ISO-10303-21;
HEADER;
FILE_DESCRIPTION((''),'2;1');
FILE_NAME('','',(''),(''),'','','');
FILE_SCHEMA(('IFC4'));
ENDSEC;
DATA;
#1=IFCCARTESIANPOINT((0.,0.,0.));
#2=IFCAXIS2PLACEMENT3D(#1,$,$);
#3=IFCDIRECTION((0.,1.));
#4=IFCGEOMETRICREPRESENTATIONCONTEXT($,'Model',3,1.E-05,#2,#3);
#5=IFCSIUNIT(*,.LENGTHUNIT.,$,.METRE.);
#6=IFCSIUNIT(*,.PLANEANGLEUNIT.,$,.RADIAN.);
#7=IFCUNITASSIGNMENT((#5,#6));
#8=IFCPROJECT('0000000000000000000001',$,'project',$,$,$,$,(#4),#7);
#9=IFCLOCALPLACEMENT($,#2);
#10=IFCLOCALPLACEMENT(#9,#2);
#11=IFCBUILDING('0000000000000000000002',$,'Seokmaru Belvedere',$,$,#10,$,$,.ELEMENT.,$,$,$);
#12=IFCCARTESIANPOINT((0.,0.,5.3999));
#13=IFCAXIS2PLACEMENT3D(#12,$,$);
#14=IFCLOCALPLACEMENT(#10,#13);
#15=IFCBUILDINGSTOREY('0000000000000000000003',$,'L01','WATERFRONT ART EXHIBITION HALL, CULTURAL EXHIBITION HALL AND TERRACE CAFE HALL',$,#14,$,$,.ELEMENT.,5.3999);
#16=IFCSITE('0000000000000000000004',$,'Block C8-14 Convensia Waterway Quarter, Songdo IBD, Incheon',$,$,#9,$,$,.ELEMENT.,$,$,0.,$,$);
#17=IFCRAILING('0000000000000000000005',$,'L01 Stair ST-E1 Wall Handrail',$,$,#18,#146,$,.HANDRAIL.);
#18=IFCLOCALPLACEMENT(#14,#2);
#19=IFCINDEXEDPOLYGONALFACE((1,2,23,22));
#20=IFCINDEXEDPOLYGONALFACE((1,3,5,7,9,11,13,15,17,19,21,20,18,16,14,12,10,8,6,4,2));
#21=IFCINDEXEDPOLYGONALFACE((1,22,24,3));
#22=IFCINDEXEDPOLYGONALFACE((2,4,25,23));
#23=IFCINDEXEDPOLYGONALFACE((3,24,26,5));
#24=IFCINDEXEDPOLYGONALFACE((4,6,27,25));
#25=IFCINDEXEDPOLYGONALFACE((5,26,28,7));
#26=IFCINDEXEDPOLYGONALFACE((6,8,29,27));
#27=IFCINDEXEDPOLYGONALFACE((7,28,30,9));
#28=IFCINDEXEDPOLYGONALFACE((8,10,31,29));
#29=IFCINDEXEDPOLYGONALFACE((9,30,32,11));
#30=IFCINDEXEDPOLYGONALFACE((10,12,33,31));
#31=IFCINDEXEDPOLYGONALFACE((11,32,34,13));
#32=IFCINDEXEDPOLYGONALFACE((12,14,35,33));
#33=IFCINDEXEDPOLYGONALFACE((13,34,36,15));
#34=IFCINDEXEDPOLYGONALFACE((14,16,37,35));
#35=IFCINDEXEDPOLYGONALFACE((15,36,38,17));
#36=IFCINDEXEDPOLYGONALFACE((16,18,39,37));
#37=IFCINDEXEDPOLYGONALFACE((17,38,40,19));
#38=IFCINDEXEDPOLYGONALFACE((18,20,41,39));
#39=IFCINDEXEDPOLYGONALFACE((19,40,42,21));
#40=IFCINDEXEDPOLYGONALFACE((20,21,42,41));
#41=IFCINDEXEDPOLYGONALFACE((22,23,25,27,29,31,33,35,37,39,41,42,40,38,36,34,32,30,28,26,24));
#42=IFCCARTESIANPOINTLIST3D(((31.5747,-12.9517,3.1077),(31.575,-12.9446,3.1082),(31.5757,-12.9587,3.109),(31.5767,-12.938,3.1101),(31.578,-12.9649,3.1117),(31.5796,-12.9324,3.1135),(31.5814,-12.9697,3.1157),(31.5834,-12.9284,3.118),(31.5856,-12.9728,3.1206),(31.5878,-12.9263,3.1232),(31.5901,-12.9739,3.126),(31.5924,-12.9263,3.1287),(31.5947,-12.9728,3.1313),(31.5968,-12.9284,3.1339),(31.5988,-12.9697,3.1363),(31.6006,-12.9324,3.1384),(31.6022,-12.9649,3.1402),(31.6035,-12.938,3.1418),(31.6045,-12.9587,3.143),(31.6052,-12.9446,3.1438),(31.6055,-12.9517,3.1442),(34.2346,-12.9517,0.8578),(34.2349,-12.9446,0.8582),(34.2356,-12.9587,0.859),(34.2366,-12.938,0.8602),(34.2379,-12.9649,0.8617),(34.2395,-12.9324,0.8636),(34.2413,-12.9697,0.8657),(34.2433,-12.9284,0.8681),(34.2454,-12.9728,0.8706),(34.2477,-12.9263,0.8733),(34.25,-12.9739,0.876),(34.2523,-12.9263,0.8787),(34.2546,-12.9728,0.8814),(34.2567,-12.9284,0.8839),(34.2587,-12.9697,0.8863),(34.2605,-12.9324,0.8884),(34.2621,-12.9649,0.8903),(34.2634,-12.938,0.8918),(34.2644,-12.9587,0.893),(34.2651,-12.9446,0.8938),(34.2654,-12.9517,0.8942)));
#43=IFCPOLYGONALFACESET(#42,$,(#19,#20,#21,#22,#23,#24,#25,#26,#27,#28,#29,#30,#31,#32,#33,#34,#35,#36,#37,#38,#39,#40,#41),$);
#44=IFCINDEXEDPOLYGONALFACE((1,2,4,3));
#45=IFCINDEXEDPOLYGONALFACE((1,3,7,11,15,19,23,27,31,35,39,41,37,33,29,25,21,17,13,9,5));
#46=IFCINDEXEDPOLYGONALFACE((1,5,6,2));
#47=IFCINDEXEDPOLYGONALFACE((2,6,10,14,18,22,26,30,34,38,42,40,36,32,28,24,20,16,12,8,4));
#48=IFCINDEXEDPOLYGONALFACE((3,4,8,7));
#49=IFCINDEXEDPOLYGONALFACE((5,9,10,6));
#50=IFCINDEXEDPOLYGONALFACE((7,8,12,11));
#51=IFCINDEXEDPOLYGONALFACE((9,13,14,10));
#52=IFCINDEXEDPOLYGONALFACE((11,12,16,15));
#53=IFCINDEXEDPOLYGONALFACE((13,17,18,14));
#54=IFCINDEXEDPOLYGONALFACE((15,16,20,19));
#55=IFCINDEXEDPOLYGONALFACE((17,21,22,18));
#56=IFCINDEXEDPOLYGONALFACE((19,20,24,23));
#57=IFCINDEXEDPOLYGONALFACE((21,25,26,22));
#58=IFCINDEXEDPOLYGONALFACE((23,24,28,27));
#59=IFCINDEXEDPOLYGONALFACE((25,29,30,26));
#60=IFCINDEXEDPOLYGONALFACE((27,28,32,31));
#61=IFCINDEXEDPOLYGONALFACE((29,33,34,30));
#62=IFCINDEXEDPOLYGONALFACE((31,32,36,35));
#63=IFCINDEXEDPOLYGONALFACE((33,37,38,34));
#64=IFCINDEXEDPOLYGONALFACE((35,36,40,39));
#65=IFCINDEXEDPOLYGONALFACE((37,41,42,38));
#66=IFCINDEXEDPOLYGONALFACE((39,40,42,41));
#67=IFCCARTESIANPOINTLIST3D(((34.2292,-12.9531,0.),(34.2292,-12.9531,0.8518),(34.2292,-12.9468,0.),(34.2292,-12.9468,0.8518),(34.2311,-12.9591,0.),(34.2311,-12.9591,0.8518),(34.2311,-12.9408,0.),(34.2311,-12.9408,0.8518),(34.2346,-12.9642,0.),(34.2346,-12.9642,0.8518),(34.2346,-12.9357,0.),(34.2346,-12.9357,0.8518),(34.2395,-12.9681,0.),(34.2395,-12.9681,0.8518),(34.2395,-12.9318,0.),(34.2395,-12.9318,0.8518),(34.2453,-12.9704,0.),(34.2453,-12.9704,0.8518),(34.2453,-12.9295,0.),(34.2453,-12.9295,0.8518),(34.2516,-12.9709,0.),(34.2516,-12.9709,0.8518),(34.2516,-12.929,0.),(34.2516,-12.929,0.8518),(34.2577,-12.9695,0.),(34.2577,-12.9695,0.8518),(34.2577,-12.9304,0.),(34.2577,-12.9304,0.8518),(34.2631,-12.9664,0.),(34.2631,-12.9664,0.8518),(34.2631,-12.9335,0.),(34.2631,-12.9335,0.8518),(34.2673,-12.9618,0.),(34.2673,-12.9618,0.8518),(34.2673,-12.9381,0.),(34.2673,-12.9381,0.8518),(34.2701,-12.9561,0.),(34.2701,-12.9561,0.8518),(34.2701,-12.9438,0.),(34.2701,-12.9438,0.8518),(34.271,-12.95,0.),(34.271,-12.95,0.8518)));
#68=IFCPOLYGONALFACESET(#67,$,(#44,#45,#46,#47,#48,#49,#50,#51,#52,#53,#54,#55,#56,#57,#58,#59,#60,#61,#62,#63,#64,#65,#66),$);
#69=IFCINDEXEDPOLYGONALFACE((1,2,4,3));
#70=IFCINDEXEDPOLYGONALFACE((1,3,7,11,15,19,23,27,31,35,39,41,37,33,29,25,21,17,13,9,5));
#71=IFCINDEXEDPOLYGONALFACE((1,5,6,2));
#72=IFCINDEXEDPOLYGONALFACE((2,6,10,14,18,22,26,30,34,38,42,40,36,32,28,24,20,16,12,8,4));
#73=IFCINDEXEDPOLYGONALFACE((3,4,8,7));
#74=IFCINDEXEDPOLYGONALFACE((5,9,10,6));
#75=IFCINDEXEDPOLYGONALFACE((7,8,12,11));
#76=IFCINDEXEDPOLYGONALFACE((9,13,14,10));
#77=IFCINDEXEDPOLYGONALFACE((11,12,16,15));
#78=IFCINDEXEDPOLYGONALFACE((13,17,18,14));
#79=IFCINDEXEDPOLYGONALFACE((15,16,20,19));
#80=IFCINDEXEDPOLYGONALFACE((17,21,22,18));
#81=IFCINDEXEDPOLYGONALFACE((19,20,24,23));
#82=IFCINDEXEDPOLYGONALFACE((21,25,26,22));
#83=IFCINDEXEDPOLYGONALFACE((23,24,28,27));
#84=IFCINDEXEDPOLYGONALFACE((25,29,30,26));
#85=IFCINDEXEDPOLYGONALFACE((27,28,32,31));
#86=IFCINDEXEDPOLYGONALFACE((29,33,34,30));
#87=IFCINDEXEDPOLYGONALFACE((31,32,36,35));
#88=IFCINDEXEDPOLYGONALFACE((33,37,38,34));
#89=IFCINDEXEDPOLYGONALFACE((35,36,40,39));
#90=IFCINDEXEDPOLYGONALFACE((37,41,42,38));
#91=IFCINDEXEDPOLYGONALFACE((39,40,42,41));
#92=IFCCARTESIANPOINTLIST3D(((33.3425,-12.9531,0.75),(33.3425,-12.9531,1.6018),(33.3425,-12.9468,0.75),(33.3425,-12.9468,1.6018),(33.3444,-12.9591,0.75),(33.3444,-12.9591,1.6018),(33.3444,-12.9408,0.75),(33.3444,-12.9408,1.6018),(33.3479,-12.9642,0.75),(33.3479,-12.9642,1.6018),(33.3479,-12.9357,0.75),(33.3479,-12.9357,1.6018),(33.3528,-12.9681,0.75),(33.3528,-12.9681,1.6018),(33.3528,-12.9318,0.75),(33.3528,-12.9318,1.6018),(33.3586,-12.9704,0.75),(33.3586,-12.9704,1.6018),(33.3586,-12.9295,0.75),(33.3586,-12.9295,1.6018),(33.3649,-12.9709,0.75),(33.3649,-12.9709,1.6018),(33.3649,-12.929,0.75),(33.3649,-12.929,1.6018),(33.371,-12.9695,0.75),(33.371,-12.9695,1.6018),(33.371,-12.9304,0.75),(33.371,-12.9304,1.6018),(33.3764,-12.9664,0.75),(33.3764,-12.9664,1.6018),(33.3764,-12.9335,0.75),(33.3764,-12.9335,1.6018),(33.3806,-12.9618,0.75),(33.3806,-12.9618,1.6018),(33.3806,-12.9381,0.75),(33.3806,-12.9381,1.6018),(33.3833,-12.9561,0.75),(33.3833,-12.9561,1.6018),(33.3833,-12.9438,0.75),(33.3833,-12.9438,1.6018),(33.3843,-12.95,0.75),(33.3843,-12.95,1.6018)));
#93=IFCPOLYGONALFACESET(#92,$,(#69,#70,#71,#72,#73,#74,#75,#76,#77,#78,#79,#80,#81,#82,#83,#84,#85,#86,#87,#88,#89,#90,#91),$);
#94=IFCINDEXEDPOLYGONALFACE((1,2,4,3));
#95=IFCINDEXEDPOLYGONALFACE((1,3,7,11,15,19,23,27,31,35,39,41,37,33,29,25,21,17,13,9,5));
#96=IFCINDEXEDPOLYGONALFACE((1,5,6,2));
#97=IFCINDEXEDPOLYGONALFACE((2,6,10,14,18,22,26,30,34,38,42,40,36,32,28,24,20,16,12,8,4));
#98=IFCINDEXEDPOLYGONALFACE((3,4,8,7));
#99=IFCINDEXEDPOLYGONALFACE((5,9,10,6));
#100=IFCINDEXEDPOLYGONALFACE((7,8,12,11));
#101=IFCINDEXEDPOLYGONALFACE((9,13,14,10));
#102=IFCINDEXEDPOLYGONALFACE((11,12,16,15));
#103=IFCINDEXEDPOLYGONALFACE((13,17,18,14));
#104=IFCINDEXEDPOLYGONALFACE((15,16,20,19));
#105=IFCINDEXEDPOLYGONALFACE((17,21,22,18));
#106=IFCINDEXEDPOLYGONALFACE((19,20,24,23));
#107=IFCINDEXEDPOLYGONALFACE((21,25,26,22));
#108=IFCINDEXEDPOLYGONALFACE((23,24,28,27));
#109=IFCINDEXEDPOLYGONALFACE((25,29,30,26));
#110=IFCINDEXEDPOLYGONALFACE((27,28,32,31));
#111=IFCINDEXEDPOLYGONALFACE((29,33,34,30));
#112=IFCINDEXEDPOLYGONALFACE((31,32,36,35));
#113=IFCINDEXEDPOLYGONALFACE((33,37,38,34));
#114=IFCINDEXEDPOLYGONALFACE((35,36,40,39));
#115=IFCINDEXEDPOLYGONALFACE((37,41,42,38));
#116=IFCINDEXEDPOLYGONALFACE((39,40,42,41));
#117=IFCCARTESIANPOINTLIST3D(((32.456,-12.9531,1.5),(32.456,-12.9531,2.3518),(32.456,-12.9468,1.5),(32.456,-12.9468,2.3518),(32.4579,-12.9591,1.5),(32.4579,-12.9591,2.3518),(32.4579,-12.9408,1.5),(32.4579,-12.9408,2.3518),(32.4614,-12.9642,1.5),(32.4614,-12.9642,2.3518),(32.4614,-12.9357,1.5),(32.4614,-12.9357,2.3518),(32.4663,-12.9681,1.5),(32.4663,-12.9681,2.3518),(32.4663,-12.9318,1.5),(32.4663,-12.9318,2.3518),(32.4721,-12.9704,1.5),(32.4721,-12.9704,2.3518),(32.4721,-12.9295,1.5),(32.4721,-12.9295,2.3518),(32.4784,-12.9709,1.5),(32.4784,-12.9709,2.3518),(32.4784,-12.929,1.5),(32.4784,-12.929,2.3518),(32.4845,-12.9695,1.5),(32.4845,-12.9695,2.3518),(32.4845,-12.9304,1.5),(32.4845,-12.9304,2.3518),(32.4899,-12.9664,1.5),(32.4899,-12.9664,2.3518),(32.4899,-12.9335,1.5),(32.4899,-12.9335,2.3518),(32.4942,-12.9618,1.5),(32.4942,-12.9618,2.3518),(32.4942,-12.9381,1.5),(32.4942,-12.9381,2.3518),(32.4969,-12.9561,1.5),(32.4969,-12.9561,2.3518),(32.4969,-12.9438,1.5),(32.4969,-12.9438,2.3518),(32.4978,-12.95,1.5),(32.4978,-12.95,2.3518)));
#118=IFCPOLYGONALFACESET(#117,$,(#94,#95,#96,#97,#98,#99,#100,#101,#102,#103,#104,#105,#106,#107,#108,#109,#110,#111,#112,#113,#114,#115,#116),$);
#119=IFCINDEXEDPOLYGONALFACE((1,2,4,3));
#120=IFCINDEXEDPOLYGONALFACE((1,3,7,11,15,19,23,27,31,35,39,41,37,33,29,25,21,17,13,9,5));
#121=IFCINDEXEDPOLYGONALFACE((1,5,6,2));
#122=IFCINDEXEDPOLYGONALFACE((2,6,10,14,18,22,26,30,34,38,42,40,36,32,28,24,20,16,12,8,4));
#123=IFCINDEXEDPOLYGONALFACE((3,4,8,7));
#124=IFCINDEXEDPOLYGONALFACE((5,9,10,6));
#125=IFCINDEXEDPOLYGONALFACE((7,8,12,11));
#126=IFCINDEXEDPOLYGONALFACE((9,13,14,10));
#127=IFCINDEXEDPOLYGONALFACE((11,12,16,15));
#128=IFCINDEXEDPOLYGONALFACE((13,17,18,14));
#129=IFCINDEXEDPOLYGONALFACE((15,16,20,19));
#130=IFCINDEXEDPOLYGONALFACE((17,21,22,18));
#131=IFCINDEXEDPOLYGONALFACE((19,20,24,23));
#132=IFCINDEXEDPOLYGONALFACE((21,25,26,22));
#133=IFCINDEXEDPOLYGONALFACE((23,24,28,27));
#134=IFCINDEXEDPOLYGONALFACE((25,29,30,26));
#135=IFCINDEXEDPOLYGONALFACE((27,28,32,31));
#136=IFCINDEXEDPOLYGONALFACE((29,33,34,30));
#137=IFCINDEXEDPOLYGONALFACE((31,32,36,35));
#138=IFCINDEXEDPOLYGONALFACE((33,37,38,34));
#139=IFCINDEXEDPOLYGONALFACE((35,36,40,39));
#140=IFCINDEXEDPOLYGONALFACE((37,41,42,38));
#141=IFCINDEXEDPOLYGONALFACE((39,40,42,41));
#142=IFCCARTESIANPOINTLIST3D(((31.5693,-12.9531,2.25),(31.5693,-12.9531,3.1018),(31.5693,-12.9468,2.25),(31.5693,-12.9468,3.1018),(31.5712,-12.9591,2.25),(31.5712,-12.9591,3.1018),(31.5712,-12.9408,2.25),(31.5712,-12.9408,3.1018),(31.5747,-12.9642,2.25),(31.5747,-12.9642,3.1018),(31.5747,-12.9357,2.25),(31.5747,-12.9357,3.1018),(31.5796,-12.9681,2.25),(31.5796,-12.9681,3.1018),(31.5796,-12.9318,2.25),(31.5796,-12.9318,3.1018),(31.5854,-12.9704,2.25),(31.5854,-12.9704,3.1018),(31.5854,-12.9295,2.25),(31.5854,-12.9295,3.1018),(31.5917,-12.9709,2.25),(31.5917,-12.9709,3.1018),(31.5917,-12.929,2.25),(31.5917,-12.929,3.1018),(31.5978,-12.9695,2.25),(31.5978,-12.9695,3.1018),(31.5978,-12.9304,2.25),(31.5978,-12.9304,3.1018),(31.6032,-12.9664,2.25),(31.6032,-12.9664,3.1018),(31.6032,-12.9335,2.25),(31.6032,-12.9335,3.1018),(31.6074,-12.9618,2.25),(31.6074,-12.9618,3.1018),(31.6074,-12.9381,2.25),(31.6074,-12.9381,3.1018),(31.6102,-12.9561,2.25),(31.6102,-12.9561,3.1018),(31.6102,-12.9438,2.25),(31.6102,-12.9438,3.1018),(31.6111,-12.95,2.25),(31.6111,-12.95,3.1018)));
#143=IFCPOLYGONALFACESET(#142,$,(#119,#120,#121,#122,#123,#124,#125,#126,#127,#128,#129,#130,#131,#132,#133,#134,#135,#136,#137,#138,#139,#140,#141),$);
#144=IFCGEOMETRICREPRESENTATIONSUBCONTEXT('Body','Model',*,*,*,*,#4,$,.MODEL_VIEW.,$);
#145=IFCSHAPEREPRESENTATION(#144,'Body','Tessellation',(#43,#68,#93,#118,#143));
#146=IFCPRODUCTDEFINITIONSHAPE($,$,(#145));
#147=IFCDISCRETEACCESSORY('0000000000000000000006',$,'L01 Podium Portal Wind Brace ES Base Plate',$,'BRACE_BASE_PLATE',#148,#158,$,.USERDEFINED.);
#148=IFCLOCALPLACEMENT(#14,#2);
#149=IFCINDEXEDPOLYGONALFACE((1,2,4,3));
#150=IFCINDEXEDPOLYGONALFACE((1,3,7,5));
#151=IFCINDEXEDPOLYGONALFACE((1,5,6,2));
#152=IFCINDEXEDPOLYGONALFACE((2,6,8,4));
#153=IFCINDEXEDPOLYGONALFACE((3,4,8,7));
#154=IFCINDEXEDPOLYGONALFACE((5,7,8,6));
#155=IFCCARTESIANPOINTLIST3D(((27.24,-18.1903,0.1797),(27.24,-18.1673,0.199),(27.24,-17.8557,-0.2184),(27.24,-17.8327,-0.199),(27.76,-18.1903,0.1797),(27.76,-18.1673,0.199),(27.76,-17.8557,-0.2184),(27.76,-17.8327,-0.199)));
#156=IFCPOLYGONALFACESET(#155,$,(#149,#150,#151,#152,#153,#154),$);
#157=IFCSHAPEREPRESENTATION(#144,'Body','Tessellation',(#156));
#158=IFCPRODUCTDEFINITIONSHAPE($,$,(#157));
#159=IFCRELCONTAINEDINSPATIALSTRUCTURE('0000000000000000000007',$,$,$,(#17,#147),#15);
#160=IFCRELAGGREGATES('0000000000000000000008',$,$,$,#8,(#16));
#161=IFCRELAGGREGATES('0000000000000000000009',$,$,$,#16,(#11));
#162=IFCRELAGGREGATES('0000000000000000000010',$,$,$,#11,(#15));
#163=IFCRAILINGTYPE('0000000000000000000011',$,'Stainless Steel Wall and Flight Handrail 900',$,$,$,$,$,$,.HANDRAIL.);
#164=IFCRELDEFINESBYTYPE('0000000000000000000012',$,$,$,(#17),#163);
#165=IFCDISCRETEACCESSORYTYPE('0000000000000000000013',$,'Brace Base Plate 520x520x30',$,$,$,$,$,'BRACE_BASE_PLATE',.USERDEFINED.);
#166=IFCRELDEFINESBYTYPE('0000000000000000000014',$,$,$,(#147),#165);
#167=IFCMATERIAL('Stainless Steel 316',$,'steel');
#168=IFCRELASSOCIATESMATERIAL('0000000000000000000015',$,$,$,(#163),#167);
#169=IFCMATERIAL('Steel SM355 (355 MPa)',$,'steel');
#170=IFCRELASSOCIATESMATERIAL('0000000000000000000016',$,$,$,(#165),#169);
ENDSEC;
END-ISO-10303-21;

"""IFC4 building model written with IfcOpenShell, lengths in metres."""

from ifc_helpers import new_model, si_unit, direction, frame, origin, origin_2d, place, context, subcontext, project, spatial, rectangle, circle, extrude, material, type_object, element, save


model = new_model("IFC4")

# Units and contexts
model_context = context("Model", 3, precision=1e-05, world=origin(), true_north=direction((0.0, 1.0)))
body_context = subcontext(model_context, "Body", "Model", "MODEL_VIEW")
ifc_project = project(units=[si_unit("LENGTHUNIT", "METRE"), si_unit("PLANEANGLEUNIT", "RADIAN")], contexts=[model_context])

# Site, building, storey
site_placement = place(None, origin())
site = spatial("IfcSite", under=ifc_project, at=site_placement, Name="Block C8-14 Convensia Waterway Quarter, Songdo IBD, Incheon", CompositionType="ELEMENT", RefElevation=0.0)
building_placement = place(site_placement, origin())
building = spatial("IfcBuilding", under=site, at=building_placement, Name="Seokmaru Belvedere", CompositionType="ELEMENT")
storey_placement = place(building_placement, frame((0.0, 0.0, 5.3999)))
storey = spatial("IfcBuildingStorey", under=building, at=storey_placement, Name="L01", Description="WATERFRONT ART EXHIBITION HALL, CULTURAL EXHIBITION HALL AND TERRACE CAFE HALL", CompositionType="ELEMENT", Elevation=5.3999)

# Shared definitions
ifc_material_1 = material(Name="Steel SM355 (355 MPa)", Category="steel")

# Railing
ifc_material_2 = material(Name="Stainless Steel 316", Category="steel")
railing_type = type_object("IfcRailingType", Name="Stainless Steel Wall and Flight Handrail 900", PredefinedType="HANDRAIL", material=ifc_material_2)
railing_placement = place(storey_placement, frame((34.25, -12.95, 0.0)))
element("IfcRailing", 1, at=railing_placement, inside=storey, type_object=railing_type, Name="L01 Stair ST-E1 Wall Handrail", PredefinedType="HANDRAIL", context=body_context, shape_type="SweptSolid", body=[
    extrude(circle(Radius=0.0239, at=origin_2d()), frame((0.0, 0.0, 0.876), z_axis=(-0.763485, 0.0, 0.645826), x_axis=(0.0, -1.0, 0.0)), (0.0, 0.0, 1.0), 3.4839),
    extrude(circle(Radius=0.021, at=origin_2d()), origin(), (0.0, 0.0, 1.0), 0.8518),
    extrude(circle(Radius=0.021, at=origin_2d()), frame((-0.8867, 0.0, 0.75)), (0.0, 0.0, 1.0), 0.8518),
    extrude(circle(Radius=0.021, at=origin_2d()), frame((-1.7732, 0.0, 1.5)), (0.0, 0.0, 1.0), 0.8518),
    extrude(circle(Radius=0.021, at=origin_2d()), frame((-2.6599, 0.0, 2.25)), (0.0, 0.0, 1.0), 0.8518),
])

# Discrete accessory
discrete_accessory_type = type_object("IfcDiscreteAccessoryType", Name="Brace Base Plate 520x520x30", ElementType="BRACE_BASE_PLATE", PredefinedType="USERDEFINED", material=ifc_material_1)
discrete_accessory_placement = place(storey_placement, frame((27.5, -18.0, 0.0), z_axis=(0.0, -0.765544, -0.643383), x_axis=(1.0, 0.0, 0.0)))
element("IfcDiscreteAccessory", 2, at=discrete_accessory_placement, inside=storey, type_object=discrete_accessory_type, Name="L01 Podium Portal Wind Brace ES Base Plate", ObjectType="BRACE_BASE_PLATE", PredefinedType="USERDEFINED", context=body_context, shape_type="SweptSolid", body=[
    extrude(rectangle(XDim=0.52, YDim=0.52, at=origin_2d()), origin(), (0.0, 0.0, 1.0), 0.03),
])

save(model, "model.ifc")
